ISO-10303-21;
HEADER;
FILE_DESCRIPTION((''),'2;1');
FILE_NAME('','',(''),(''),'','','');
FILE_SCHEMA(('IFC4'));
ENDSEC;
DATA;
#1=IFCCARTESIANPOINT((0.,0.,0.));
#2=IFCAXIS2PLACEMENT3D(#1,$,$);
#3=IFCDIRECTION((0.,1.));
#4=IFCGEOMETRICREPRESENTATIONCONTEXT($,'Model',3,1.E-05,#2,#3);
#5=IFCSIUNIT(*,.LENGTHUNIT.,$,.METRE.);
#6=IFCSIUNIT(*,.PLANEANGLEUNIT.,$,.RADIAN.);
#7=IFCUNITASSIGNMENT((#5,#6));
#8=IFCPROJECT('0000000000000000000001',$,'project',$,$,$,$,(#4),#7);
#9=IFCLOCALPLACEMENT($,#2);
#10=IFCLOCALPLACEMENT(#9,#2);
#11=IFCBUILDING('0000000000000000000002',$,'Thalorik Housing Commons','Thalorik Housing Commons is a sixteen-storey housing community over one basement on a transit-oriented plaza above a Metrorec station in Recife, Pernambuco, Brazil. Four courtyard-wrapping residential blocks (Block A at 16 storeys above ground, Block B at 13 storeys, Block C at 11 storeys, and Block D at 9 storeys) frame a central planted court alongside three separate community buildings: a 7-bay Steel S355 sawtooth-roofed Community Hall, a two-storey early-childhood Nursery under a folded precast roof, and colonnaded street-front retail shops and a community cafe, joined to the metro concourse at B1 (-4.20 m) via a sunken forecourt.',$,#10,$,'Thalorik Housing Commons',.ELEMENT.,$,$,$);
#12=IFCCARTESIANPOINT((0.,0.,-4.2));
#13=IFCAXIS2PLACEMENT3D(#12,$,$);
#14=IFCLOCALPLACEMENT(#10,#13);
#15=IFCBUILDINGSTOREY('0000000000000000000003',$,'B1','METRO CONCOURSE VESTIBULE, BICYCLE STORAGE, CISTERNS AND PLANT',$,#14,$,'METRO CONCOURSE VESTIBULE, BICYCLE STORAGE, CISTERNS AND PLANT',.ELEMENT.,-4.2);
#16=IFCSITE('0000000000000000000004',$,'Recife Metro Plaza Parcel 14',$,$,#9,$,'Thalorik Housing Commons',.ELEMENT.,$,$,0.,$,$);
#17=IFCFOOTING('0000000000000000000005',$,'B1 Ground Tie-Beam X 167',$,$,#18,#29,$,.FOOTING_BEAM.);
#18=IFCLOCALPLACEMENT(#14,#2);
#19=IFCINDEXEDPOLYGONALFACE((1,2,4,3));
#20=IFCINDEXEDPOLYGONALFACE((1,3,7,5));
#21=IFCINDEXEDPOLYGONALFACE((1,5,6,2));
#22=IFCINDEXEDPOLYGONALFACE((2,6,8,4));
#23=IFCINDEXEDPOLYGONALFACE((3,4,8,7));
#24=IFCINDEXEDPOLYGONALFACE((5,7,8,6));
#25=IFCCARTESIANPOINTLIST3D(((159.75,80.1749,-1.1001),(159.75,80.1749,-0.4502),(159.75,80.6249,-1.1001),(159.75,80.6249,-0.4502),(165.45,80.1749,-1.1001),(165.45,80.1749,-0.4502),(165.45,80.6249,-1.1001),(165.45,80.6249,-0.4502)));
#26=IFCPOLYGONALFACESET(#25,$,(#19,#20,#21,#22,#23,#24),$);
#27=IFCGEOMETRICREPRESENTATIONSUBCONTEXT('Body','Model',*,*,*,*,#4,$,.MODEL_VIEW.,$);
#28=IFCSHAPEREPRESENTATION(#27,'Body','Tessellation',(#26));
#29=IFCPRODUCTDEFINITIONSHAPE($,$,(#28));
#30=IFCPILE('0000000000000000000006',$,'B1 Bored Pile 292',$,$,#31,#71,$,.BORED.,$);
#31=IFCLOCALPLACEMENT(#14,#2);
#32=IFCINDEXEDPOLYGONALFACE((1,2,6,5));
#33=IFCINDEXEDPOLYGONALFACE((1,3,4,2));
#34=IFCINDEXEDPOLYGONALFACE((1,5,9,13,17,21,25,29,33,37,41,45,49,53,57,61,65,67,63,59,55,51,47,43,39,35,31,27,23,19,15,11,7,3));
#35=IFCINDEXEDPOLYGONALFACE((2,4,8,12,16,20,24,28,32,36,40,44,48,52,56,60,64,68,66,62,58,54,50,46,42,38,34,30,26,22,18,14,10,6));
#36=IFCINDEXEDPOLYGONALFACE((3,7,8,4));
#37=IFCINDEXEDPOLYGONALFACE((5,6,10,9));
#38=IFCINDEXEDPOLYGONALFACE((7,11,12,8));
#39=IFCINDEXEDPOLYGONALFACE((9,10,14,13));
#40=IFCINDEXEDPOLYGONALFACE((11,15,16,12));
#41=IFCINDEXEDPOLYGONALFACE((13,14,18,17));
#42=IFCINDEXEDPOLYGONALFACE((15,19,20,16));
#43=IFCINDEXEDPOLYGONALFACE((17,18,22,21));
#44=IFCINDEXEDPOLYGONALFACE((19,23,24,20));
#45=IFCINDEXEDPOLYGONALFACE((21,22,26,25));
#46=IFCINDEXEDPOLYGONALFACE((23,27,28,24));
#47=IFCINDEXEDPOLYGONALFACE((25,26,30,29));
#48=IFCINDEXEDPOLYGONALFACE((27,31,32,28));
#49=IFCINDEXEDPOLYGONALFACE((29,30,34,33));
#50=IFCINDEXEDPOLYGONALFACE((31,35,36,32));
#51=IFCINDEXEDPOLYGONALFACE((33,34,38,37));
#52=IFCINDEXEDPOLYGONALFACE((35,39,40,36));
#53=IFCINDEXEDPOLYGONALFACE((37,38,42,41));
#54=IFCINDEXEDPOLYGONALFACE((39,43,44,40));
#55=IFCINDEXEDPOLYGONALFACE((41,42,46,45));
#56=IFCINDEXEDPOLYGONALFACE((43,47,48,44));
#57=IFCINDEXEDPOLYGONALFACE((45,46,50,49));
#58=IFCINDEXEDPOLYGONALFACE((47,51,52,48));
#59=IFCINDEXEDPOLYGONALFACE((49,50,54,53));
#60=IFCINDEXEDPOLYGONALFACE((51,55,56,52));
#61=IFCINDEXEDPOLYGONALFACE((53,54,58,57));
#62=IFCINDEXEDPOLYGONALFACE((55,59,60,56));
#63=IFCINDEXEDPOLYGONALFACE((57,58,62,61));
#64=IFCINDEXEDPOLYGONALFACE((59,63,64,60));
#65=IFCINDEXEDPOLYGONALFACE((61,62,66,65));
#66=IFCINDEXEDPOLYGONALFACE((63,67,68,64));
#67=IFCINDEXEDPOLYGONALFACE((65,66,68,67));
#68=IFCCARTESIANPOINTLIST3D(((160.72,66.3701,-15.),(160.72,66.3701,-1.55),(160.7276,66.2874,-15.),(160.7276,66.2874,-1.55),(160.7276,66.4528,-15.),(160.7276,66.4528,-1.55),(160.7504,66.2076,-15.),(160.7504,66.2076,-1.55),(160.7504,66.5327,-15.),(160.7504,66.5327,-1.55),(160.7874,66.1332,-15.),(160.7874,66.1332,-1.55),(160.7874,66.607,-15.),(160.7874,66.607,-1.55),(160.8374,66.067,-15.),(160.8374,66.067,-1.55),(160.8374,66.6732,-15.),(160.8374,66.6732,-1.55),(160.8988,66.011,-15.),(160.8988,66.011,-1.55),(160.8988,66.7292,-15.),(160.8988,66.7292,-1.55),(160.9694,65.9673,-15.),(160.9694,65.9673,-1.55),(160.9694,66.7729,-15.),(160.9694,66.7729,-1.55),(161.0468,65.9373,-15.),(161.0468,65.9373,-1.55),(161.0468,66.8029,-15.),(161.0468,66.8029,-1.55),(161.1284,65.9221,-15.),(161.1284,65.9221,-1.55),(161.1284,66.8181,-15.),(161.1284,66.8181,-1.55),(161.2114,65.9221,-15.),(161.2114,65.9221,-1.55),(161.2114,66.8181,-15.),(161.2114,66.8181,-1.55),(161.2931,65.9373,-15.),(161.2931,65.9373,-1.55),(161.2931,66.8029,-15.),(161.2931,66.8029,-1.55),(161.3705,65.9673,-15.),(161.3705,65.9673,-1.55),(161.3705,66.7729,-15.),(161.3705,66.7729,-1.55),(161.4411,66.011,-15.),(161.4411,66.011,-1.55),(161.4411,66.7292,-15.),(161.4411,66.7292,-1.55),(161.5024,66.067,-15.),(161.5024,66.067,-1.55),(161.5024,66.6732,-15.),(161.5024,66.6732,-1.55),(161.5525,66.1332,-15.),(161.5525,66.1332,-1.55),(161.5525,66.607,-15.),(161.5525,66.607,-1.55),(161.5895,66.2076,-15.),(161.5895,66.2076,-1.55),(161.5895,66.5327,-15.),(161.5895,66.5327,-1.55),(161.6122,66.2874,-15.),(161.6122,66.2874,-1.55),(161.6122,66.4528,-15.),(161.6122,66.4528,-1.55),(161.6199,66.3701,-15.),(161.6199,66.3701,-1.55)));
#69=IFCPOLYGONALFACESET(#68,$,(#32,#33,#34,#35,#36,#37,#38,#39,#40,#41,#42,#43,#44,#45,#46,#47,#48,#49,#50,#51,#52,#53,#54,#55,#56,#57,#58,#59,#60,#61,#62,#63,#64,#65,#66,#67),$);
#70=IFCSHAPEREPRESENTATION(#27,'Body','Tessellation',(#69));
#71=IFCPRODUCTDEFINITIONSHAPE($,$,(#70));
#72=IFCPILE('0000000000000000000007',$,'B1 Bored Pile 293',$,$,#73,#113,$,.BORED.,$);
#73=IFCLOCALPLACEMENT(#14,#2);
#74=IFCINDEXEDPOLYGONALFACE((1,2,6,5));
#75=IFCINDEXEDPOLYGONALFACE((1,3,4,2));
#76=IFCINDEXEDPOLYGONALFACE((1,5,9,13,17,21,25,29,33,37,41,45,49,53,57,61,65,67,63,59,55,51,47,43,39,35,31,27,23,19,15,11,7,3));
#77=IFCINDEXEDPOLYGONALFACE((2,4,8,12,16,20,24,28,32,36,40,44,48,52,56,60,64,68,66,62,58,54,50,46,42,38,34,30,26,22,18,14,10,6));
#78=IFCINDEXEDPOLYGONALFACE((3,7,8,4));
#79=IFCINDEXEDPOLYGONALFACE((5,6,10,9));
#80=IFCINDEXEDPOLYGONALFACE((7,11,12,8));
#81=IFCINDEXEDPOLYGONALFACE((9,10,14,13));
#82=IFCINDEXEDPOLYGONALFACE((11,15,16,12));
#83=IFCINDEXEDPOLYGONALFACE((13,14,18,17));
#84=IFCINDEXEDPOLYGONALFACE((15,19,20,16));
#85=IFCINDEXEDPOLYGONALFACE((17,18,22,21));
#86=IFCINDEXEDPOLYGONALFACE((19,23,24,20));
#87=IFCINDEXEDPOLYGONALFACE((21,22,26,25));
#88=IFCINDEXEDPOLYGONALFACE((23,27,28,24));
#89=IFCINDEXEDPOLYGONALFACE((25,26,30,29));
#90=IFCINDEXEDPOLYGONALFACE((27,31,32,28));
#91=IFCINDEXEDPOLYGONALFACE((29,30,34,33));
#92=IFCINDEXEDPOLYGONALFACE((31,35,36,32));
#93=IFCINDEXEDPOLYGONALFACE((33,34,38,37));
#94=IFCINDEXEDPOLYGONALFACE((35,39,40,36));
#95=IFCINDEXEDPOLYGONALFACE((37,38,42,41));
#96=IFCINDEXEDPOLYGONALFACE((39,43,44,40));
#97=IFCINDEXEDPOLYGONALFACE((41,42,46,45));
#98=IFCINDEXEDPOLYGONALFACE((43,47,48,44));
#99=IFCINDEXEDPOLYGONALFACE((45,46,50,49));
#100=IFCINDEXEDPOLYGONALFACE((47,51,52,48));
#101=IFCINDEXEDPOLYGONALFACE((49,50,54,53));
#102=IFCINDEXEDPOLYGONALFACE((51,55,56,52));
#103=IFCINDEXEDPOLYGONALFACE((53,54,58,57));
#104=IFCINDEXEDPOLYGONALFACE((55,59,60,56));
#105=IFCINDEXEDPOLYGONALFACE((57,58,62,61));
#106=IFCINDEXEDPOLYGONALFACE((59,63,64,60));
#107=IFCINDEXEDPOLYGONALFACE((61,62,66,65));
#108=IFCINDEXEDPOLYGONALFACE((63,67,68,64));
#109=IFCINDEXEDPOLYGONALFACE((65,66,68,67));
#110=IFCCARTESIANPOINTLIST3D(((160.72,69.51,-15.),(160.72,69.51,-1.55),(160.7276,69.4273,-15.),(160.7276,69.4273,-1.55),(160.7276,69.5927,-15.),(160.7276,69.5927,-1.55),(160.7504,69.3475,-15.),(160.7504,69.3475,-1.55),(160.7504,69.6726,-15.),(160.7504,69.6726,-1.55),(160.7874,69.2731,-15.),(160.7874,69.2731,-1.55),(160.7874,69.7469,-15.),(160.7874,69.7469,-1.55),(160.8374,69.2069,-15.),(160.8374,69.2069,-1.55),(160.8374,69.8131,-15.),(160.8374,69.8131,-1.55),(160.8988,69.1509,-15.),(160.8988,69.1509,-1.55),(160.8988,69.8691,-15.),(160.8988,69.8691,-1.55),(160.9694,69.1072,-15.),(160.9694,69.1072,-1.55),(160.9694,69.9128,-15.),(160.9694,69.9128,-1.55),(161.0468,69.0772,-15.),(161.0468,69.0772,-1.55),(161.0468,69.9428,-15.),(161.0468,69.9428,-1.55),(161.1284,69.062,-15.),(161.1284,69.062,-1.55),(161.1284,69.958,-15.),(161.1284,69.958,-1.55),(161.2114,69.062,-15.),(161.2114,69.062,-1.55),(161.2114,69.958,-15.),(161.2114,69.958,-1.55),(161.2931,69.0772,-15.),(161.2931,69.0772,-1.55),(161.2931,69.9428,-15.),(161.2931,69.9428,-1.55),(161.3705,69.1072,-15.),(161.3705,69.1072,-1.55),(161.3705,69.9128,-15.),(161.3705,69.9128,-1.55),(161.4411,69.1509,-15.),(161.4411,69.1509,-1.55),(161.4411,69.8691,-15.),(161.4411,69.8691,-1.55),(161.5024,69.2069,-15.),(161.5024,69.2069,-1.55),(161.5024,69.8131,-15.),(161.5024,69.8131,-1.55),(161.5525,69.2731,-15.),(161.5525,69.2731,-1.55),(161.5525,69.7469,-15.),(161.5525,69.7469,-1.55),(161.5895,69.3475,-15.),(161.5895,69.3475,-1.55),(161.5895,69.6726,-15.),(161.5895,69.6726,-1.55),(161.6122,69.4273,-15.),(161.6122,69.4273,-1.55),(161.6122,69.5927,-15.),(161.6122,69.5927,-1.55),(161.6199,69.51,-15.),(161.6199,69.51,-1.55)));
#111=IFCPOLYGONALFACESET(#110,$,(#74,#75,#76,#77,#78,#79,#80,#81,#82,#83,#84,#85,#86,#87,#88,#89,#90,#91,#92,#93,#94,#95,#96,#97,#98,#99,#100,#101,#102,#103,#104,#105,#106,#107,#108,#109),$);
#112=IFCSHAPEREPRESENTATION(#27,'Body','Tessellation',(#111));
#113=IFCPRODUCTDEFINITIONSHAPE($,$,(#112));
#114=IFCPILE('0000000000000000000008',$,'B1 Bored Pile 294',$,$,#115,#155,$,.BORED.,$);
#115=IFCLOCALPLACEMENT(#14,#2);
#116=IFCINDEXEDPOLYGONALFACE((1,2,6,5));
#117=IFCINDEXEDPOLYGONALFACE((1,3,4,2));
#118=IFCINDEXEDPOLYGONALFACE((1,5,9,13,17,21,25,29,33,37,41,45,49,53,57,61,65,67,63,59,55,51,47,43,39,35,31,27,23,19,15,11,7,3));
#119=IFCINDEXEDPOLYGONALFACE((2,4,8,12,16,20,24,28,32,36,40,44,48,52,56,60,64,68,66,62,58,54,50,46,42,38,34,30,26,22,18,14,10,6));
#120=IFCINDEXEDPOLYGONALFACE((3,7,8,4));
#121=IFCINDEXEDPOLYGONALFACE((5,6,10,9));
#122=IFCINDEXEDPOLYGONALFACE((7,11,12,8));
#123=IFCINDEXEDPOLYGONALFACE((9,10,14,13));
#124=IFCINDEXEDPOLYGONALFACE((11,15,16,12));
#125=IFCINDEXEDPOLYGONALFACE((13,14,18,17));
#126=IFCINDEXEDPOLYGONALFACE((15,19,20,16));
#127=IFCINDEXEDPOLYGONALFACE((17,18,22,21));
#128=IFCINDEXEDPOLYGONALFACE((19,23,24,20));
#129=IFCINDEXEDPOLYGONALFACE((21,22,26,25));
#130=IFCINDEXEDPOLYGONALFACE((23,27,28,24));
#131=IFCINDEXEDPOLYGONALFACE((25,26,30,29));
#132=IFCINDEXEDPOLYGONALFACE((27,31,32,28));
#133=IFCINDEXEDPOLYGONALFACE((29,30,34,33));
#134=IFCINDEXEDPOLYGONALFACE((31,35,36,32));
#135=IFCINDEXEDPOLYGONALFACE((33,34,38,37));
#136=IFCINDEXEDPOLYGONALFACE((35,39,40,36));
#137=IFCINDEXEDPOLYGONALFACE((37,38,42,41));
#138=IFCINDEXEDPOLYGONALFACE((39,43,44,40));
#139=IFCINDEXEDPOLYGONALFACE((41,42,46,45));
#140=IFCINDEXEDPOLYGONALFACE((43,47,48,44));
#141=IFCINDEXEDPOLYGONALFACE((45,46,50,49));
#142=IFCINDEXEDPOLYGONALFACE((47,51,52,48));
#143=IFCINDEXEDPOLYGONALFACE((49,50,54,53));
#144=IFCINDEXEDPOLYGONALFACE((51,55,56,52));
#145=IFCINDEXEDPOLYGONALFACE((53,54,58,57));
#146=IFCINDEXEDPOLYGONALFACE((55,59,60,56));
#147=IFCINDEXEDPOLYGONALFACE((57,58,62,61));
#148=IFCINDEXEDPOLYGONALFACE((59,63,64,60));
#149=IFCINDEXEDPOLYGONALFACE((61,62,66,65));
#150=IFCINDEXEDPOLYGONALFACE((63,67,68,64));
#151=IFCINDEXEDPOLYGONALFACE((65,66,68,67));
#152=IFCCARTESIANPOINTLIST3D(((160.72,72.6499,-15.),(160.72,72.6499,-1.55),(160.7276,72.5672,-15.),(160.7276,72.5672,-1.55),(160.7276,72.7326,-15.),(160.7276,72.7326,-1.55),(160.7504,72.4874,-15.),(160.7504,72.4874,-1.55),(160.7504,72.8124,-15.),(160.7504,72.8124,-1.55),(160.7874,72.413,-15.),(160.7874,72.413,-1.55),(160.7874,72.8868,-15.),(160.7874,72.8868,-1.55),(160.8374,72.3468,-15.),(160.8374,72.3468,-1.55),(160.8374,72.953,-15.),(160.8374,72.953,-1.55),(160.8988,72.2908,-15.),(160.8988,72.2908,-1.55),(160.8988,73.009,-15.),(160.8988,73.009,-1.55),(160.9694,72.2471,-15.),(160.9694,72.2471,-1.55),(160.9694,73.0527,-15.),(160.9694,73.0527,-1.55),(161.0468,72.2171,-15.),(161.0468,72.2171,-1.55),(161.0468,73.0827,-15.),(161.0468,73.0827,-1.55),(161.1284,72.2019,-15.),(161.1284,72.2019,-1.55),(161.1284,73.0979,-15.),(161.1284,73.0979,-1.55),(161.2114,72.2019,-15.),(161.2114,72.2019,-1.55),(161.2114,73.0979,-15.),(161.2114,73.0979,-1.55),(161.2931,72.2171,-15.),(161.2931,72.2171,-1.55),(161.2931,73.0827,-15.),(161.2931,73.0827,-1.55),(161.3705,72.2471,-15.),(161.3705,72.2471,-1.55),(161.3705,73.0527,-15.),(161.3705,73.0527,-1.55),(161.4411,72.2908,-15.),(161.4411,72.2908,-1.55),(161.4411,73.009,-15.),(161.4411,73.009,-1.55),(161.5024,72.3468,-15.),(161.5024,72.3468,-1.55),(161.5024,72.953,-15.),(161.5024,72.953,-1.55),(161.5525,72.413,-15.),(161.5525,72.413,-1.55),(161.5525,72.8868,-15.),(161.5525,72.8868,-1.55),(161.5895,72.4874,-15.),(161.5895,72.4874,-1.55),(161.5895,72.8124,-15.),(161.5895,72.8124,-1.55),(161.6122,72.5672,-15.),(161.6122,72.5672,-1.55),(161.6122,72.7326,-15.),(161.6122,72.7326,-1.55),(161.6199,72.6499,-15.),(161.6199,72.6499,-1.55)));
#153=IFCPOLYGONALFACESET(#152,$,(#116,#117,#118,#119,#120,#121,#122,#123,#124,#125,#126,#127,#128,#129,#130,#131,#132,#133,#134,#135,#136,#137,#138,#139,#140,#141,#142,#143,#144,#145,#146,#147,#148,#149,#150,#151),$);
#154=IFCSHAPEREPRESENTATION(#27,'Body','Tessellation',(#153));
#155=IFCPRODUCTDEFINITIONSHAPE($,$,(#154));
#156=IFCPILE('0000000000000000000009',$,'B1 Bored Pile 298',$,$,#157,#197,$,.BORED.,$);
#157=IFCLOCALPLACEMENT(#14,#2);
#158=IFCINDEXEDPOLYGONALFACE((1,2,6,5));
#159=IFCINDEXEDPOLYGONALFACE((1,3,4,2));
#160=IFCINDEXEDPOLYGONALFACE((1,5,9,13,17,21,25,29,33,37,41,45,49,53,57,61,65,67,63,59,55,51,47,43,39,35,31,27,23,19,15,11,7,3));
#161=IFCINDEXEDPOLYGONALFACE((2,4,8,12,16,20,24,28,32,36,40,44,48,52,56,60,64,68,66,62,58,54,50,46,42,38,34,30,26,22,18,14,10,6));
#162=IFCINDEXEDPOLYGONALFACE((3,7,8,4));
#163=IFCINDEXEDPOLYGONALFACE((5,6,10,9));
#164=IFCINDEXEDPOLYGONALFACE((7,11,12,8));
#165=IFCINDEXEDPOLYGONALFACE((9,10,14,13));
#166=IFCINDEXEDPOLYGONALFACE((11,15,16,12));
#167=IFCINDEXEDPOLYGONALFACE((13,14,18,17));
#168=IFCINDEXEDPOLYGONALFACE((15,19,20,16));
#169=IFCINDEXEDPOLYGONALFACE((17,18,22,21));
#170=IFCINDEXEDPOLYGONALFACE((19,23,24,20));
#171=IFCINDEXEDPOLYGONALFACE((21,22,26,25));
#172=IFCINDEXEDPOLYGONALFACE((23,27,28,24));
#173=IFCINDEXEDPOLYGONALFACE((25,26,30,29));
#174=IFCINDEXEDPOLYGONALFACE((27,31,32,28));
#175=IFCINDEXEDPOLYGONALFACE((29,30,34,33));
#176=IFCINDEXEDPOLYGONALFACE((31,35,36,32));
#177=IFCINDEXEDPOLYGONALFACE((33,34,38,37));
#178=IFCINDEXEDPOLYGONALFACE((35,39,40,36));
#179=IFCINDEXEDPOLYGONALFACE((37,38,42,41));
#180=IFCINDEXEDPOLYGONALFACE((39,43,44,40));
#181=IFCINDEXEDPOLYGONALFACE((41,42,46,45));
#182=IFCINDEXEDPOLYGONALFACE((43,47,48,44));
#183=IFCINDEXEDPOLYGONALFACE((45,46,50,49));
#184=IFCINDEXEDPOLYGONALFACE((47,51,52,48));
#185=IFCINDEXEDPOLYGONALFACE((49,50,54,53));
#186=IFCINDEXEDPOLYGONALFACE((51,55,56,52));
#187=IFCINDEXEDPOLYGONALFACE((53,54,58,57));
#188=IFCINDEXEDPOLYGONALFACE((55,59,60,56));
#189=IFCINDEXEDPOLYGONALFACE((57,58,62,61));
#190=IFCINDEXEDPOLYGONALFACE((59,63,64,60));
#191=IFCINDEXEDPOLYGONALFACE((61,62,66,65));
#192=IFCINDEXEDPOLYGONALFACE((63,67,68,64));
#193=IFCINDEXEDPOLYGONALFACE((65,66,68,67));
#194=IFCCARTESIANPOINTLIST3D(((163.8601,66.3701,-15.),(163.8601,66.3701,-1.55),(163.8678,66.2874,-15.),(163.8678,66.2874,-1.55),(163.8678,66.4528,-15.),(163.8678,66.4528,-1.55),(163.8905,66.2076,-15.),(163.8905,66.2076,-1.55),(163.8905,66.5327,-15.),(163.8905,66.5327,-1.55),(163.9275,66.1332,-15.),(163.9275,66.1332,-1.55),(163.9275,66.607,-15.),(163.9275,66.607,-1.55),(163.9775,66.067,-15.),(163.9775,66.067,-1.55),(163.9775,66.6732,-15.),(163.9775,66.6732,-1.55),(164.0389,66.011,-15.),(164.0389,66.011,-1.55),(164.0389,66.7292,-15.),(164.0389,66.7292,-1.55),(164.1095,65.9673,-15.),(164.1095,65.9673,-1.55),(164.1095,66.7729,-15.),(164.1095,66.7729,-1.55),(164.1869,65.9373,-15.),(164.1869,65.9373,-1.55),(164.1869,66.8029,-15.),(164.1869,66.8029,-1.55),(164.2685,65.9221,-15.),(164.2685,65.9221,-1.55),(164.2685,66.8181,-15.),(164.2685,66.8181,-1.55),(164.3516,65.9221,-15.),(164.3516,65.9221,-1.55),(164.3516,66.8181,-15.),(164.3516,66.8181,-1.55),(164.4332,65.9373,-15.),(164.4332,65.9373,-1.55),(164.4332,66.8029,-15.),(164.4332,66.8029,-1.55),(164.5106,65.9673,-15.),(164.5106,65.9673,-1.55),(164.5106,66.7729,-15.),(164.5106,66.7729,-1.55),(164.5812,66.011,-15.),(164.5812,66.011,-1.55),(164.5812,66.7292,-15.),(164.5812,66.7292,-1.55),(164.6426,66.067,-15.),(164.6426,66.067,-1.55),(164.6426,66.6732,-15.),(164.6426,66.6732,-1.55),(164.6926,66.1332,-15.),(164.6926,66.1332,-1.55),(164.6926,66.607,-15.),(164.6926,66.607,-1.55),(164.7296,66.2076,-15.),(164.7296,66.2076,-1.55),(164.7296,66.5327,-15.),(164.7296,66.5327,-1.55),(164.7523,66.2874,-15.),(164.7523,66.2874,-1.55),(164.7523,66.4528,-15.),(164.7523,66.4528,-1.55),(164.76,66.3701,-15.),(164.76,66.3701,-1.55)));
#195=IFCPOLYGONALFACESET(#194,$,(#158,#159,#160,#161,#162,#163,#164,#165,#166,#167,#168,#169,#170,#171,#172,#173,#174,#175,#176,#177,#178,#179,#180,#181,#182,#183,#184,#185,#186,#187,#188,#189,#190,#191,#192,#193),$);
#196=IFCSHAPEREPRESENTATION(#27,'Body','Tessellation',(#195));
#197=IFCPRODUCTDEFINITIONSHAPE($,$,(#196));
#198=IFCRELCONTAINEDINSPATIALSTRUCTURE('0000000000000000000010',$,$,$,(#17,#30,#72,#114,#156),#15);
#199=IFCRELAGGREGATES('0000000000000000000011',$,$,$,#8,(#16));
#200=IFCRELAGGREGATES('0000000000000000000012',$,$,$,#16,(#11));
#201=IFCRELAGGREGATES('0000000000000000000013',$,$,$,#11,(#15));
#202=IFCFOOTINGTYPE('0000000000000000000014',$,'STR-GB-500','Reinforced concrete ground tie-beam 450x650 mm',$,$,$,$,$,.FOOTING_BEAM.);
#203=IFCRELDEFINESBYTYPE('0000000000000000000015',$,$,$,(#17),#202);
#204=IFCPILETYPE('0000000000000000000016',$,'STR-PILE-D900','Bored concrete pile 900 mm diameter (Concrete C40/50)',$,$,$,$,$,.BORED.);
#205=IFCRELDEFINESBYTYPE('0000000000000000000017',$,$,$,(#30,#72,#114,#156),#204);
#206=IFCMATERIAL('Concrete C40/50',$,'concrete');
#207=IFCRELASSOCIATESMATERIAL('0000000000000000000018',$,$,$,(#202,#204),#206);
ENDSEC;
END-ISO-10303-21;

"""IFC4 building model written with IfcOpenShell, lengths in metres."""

from ifc_helpers import new_model, si_unit, direction, frame, origin, origin_2d, place, context, subcontext, project, spatial, rectangle, circle, extrude, material, material_profile, profile_set, type_object, element, save


model = new_model("IFC4")

# Units and contexts
model_context = context("Model", 3, precision=1e-05, world=origin(), true_north=direction((0.0, 1.0)))
body_context = subcontext(model_context, "Body", "Model", "MODEL_VIEW")
ifc_project = project(units=[si_unit("LENGTHUNIT", "METRE"), si_unit("PLANEANGLEUNIT", "RADIAN")], contexts=[model_context])

# Site, building, storey
site_placement = place(None, origin())
site = spatial("IfcSite", under=ifc_project, at=site_placement, Name="Recife Metro Plaza Parcel 14", LongName="Thalorik Housing Commons", CompositionType="ELEMENT", RefElevation=0.0)
building_placement = place(site_placement, origin())
building = spatial("IfcBuilding", under=site, at=building_placement, Name="Thalorik Housing Commons", Description="Thalorik Housing Commons is a sixteen-storey housing community over one basement on a transit-oriented plaza above a Metrorec station in Recife, Pernambuco, Brazil. Four courtyard-wrapping residential blocks (Block A at 16 storeys above ground, Block B at 13 storeys, Block C at 11 storeys, and Block D at 9 storeys) frame a central planted court alongside three separate community buildings: a 7-bay Steel S355 sawtooth-roofed Community Hall, a two-storey early-childhood Nursery under a folded precast roof, and colonnaded street-front retail shops and a community cafe, joined to the metro concourse at B1 (-4.20 m) via a sunken forecourt.", LongName="Thalorik Housing Commons", CompositionType="ELEMENT")
storey_placement = place(building_placement, frame((0.0, 0.0, -4.2)))
storey = spatial("IfcBuildingStorey", under=building, at=storey_placement, Name="B1", Description="METRO CONCOURSE VESTIBULE, BICYCLE STORAGE, CISTERNS AND PLANT", LongName="METRO CONCOURSE VESTIBULE, BICYCLE STORAGE, CISTERNS AND PLANT", CompositionType="ELEMENT", Elevation=-4.2)

# Footing
ifc_material_1 = material(Name="Concrete C40/50", Category="concrete")
ifc_material_profile_1 = material_profile(ifc_material_1, rectangle(XDim=0.45, YDim=0.6499, at=origin_2d()), Name="RC 450x650", Category="concrete")
ifc_profile_set_1 = profile_set([ifc_material_profile_1], Name="Concrete C40/50")
footing_type = type_object("IfcFootingType", Name="STR-GB-500", Description="Reinforced concrete ground tie-beam 450x650 mm", PredefinedType="FOOTING_BEAM", material=ifc_profile_set_1)
footing_placement = place(storey_placement, frame((159.75, 80.3999, -0.7751), z_axis=(1.0, 0.0, 0.0), x_axis=(0.0, 1.0, 0.0)))
element("IfcFooting", 1, at=footing_placement, inside=storey, type_object=footing_type, Name="B1 Ground Tie-Beam X 167", PredefinedType="FOOTING_BEAM", context=body_context, shape_type="SweptSolid", body=[
    extrude(rectangle(XDim=0.45, YDim=0.6499, at=origin_2d()), origin(), (0.0, 0.0, 1.0), 5.7),
])

# Piles
ifc_material_profile_2 = material_profile(ifc_material_1, circle(Radius=0.45, at=origin_2d()), Name="BORED PILE D900", Category="concrete")
ifc_profile_set_2 = profile_set([ifc_material_profile_2], Name="Concrete C40/50")
pile_type = type_object("IfcPileType", Name="STR-PILE-D900", Description="Bored concrete pile 900 mm diameter (Concrete C40/50)", PredefinedType="BORED", material=ifc_profile_set_2)
for number, where, z_axis, x_axis, name in (
    (2, (161.1699, 66.3701, -1.55), (0.0, 0.0, -1.0), (1.0, 0.0, 0.0), "B1 Bored Pile 292"),
    (3, (161.1699, 69.51, -1.55), (0.0, 0.0, -1.0), (1.0, 0.0, 0.0), "B1 Bored Pile 293"),
    (4, (161.1699, 72.6499, -1.55), (0.0, 0.0, -1.0), (1.0, 0.0, 0.0), "B1 Bored Pile 294"),
    (5, (164.3101, 66.3701, -1.55), (0.0, 0.0, -1.0), (1.0, 0.0, 0.0), "B1 Bored Pile 298"),
):
    element("IfcPile", number, at=place(storey_placement, frame(where, z_axis=z_axis, x_axis=x_axis)), inside=storey, type_object=pile_type, Name=name, PredefinedType="BORED", context=body_context, shape_type="SweptSolid", body=[
        extrude(circle(Radius=0.45, at=origin_2d()), origin(), (0.0, 0.0, 1.0), 13.45),
    ])

save(model, "model.ifc")
